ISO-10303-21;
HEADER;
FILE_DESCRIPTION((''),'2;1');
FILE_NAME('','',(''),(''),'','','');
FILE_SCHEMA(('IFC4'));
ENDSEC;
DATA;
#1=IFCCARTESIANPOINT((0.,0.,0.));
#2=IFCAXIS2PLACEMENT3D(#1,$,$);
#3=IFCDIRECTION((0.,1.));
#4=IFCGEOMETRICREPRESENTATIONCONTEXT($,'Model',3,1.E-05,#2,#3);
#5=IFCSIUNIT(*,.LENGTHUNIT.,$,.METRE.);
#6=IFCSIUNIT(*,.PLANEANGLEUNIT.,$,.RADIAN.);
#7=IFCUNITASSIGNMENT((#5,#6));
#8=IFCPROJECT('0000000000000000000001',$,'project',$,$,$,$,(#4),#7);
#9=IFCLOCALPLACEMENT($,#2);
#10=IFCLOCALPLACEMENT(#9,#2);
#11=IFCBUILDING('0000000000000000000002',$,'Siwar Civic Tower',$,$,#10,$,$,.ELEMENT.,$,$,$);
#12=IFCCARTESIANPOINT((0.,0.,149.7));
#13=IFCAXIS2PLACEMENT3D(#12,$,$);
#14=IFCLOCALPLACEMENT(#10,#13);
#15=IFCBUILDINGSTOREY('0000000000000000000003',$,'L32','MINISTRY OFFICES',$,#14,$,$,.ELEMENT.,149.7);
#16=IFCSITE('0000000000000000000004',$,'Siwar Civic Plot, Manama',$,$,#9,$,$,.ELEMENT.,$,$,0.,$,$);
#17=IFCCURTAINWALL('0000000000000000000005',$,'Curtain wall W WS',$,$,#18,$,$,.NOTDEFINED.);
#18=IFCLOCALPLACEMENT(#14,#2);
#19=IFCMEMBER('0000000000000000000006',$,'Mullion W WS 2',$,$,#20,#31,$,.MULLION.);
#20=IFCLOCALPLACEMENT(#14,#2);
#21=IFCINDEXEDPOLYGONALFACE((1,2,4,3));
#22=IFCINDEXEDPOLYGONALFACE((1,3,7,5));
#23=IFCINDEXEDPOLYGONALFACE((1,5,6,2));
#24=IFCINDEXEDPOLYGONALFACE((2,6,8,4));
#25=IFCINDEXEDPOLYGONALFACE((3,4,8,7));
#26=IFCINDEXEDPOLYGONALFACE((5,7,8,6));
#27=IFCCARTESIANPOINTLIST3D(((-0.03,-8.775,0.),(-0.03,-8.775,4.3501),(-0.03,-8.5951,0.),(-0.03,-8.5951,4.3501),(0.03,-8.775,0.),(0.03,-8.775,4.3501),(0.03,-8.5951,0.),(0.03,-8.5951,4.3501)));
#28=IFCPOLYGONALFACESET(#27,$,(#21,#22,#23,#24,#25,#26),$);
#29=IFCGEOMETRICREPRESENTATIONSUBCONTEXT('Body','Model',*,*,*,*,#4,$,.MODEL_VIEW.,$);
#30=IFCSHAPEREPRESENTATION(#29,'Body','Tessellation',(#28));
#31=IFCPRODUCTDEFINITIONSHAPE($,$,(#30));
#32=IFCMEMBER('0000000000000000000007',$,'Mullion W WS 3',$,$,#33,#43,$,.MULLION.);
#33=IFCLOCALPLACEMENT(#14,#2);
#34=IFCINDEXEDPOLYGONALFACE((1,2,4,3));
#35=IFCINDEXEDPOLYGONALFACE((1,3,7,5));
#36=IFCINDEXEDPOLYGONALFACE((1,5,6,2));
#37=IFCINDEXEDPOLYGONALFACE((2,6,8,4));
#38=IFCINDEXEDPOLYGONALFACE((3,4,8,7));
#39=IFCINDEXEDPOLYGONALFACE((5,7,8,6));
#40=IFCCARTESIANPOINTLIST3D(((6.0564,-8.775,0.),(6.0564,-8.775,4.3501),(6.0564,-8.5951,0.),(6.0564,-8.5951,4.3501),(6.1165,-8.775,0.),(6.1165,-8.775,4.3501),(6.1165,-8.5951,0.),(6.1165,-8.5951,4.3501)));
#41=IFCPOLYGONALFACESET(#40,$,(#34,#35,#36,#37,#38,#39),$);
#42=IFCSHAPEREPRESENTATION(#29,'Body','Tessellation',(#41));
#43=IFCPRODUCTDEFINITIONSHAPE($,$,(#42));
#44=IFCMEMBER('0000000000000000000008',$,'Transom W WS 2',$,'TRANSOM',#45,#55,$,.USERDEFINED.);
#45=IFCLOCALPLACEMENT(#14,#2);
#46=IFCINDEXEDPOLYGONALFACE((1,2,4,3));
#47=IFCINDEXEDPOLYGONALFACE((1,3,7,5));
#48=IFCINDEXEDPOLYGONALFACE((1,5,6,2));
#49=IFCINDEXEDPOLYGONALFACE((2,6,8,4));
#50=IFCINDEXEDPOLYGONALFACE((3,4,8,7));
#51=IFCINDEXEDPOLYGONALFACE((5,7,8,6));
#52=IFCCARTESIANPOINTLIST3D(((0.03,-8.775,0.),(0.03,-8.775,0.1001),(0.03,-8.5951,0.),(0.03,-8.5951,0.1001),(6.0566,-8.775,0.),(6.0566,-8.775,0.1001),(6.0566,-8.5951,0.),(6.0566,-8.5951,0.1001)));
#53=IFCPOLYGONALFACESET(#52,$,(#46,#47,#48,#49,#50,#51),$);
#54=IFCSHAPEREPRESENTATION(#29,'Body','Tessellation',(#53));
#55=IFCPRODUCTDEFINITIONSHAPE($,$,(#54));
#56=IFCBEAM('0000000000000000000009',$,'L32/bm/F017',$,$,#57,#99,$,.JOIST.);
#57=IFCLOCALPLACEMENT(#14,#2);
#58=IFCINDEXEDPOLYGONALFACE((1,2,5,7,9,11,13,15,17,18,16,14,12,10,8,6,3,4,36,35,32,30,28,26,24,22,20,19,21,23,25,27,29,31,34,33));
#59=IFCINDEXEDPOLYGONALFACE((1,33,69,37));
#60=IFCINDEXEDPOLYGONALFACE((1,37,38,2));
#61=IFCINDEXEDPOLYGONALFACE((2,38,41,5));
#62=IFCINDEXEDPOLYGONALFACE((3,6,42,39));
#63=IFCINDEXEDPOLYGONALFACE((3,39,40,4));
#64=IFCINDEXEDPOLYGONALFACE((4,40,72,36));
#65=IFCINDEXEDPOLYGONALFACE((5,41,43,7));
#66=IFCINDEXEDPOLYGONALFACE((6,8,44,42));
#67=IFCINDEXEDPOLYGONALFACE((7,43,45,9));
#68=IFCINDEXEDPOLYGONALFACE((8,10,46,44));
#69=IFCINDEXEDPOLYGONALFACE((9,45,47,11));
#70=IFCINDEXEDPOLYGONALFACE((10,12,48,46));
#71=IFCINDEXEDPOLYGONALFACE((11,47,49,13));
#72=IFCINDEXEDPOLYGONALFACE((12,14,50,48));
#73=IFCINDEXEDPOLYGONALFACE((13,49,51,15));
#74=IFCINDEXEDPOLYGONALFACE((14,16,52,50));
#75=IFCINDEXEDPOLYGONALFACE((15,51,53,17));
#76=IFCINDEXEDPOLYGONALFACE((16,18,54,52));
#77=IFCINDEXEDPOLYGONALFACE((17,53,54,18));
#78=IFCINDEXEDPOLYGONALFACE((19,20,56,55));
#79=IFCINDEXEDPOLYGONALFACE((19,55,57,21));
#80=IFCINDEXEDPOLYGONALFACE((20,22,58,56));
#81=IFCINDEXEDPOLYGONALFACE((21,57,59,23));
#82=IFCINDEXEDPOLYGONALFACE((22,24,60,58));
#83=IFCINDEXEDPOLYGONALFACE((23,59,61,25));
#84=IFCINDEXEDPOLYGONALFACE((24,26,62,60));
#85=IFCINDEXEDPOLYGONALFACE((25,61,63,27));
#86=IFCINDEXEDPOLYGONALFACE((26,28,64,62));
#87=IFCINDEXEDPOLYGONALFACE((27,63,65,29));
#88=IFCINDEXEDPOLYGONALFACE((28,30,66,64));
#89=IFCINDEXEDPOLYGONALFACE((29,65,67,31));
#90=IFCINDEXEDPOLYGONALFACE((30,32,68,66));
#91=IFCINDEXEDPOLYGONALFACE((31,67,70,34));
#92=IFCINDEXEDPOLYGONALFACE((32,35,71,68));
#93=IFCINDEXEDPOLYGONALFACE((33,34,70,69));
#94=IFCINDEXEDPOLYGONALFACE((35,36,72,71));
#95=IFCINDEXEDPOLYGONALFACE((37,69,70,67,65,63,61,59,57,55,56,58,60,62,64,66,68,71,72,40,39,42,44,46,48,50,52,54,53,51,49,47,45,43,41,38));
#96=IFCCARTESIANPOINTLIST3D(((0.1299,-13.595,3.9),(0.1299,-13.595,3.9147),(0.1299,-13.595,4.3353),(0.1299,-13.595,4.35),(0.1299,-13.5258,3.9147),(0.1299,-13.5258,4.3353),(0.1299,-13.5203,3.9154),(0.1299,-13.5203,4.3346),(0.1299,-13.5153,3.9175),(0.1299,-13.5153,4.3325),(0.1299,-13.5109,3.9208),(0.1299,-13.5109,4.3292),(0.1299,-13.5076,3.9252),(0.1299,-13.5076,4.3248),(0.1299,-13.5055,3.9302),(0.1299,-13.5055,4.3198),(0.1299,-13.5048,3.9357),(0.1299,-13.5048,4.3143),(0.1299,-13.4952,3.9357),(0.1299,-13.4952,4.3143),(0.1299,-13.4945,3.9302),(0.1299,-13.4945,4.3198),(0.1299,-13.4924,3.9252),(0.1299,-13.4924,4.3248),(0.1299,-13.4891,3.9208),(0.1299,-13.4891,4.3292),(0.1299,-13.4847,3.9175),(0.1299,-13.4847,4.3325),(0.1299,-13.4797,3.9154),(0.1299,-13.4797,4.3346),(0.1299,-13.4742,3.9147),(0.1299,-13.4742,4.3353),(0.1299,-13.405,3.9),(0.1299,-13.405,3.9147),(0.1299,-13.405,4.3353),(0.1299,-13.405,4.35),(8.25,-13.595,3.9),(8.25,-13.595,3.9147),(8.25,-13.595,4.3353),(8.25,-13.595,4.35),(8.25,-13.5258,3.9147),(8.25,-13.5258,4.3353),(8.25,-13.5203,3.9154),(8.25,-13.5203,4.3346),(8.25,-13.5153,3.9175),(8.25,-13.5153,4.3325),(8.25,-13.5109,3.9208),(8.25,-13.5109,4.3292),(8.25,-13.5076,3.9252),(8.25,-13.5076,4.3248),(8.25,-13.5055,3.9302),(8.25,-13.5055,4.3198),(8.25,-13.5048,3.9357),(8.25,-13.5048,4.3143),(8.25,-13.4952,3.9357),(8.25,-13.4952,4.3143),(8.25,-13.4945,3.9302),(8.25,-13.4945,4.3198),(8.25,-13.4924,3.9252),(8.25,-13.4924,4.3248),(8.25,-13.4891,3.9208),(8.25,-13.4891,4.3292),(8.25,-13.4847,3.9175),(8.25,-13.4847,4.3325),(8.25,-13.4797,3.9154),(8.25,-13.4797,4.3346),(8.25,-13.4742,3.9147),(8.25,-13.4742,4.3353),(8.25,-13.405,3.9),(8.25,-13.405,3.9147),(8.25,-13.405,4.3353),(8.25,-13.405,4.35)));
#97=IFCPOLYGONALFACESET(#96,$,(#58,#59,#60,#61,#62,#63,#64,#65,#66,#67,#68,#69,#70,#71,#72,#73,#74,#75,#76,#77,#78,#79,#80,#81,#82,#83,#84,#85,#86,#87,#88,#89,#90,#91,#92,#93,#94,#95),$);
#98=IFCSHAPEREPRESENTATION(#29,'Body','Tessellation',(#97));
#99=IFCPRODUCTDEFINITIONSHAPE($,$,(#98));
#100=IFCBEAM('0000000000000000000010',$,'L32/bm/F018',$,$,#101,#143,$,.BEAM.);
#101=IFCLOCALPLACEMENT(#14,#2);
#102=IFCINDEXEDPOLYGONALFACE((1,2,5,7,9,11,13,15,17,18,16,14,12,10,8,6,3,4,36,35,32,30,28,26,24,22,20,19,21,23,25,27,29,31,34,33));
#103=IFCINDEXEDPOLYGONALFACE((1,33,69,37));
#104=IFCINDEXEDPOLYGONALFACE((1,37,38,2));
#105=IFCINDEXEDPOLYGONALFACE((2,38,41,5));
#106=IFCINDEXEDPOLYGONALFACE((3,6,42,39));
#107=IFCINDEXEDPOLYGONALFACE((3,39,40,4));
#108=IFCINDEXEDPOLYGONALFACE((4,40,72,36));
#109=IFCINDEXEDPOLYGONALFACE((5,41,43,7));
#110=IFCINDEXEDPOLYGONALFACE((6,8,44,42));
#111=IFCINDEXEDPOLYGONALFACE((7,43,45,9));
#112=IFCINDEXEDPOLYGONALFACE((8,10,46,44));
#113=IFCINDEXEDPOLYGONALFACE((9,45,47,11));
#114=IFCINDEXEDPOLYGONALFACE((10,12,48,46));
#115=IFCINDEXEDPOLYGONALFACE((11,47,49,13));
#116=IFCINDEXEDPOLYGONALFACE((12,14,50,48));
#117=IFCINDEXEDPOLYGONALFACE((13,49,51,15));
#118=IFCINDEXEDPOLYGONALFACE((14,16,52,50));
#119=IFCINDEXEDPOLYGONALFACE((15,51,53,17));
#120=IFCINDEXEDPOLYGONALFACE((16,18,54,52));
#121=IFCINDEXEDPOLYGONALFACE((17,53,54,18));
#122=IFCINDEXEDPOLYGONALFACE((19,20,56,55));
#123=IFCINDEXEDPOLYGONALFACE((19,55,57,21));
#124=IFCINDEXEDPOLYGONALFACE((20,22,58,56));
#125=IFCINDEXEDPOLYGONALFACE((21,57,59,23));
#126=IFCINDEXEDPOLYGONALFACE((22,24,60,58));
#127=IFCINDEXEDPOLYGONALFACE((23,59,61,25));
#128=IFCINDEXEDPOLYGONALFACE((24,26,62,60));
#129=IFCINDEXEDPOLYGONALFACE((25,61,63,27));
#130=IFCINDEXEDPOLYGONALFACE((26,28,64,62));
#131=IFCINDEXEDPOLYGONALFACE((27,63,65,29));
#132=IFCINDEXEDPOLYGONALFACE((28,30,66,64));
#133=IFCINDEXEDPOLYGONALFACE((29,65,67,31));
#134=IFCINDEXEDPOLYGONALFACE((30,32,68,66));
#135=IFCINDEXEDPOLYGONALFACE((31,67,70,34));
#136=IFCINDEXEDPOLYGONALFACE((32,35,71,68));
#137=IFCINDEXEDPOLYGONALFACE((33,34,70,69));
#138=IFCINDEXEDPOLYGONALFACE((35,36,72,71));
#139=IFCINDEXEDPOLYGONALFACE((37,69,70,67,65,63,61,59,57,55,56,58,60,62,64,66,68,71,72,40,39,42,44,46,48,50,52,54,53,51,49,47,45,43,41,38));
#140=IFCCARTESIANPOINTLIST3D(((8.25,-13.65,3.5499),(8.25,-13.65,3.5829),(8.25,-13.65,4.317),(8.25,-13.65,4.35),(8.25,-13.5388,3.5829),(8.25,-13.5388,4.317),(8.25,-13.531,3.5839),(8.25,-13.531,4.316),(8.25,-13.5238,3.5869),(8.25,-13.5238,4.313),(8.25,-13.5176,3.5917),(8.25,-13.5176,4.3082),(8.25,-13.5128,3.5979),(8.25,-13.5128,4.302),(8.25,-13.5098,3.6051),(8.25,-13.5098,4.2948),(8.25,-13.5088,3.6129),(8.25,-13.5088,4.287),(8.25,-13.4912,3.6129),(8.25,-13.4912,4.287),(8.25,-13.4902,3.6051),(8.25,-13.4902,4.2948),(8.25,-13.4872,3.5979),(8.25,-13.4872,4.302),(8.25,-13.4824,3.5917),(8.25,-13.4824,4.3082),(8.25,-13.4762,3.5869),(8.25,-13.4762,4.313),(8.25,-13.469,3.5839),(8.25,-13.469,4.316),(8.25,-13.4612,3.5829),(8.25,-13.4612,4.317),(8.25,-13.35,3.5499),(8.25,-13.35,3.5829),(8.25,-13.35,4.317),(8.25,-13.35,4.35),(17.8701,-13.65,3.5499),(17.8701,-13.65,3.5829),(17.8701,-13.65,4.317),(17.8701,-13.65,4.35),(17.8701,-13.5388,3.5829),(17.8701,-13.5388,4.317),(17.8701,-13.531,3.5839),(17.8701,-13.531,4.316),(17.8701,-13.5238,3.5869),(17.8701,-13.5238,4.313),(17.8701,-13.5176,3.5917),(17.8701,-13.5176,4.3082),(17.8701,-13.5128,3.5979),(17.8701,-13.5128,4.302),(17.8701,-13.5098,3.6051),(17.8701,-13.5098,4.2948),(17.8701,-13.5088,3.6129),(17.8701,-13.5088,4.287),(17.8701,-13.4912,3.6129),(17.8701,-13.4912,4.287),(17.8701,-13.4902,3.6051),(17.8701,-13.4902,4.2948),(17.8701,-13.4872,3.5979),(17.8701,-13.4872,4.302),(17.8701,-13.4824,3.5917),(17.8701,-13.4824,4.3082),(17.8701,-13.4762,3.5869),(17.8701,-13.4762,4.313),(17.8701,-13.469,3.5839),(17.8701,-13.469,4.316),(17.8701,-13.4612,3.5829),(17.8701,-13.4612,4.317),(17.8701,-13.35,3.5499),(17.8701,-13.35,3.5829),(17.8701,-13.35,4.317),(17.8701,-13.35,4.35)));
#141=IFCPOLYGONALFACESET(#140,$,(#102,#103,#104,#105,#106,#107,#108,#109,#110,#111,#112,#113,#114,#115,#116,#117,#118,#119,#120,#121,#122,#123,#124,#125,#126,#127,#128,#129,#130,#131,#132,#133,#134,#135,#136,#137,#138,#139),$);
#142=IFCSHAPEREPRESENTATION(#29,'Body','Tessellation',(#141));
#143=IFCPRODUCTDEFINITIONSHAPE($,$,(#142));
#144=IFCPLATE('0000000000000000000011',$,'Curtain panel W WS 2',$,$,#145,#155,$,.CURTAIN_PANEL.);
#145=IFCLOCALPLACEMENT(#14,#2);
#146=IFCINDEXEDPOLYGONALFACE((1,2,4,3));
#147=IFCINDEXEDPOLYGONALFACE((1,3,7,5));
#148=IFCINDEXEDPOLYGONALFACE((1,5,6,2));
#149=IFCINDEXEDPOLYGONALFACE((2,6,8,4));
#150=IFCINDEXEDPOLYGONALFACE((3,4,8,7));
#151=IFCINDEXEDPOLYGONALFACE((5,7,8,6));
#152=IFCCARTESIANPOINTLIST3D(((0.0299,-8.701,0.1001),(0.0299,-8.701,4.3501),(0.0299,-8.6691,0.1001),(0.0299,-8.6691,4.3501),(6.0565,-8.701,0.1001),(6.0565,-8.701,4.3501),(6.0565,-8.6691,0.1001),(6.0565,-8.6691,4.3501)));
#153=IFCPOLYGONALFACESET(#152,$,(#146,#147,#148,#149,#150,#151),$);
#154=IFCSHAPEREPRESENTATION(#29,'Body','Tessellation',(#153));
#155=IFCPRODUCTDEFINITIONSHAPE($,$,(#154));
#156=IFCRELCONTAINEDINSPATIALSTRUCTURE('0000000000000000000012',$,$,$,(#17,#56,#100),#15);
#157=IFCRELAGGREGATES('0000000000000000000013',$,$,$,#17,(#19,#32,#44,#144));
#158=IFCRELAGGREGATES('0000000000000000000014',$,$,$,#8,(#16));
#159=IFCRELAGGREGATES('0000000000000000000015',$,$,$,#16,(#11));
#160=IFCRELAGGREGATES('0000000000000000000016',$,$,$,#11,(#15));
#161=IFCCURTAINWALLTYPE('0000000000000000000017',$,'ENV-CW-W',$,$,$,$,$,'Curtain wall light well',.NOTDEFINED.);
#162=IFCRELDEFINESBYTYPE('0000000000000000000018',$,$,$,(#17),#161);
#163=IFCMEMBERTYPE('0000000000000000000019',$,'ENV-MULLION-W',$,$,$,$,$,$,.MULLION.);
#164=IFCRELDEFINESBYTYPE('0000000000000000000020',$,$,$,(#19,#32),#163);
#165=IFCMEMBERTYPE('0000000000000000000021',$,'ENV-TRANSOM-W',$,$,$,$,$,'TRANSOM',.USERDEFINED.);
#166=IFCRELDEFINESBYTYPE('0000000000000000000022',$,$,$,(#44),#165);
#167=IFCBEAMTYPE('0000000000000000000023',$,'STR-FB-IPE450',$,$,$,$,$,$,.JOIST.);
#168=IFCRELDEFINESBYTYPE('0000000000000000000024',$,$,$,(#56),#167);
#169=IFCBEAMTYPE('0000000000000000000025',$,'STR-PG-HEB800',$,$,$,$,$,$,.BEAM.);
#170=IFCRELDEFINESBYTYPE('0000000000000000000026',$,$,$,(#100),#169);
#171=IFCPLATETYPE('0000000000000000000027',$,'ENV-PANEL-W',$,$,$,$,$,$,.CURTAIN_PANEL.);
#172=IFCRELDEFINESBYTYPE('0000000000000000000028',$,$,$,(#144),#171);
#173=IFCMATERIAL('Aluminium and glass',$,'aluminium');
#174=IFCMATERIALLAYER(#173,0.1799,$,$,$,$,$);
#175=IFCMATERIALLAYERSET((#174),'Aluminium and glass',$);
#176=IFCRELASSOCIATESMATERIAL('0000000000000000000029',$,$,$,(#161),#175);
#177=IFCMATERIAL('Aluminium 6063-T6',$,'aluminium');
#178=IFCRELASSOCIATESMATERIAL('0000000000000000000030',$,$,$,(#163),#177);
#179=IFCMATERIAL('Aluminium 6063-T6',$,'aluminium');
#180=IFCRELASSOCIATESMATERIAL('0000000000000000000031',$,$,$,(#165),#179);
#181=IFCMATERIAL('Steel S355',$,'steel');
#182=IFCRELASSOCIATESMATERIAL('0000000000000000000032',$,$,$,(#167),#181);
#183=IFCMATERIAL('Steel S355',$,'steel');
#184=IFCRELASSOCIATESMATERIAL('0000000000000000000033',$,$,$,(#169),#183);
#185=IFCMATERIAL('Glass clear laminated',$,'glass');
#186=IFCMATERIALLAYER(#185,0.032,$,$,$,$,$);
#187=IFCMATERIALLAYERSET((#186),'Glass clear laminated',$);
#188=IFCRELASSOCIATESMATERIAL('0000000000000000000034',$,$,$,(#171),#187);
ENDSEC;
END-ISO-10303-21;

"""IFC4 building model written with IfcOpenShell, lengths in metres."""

from ifc_helpers import new_model, si_unit, direction, frame, origin, origin_2d, place, context, subcontext, project, spatial, rectangle, i_section, extrude, material, layer, layer_set, material_profile, profile_set, type_object, element, aggregate, save


model = new_model("IFC4")

# Units and contexts
model_context = context("Model", 3, precision=1e-05, world=origin(), true_north=direction((0.0, 1.0)))
body_context = subcontext(model_context, "Body", "Model", "MODEL_VIEW")
ifc_project = project(units=[si_unit("LENGTHUNIT", "METRE"), si_unit("PLANEANGLEUNIT", "RADIAN")], contexts=[model_context])

# Site, building, storey
site_placement = place(None, origin())
site = spatial("IfcSite", under=ifc_project, at=site_placement, Name="Siwar Civic Plot, Manama", CompositionType="ELEMENT", RefElevation=0.0)
building_placement = place(site_placement, origin())
building = spatial("IfcBuilding", under=site, at=building_placement, Name="Siwar Civic Tower", CompositionType="ELEMENT")
storey_placement = place(building_placement, frame((0.0, 0.0, 149.7)))
storey = spatial("IfcBuildingStorey", under=building, at=storey_placement, Name="L32", Description="MINISTRY OFFICES", CompositionType="ELEMENT", Elevation=149.7)

# Curtain wall, members
ifc_material_1 = material(Name="Aluminium and glass", Category="aluminium")
ifc_layer_1 = layer(ifc_material_1, 0.1799)
ifc_layer_set_1 = layer_set([ifc_layer_1], Name="Aluminium and glass")
curtain_wall_type = type_object("IfcCurtainWallType", Name="ENV-CW-W", ElementType="Curtain wall light well", PredefinedType="NOTDEFINED", material=ifc_layer_set_1)
curtain_wall_placement = place(storey_placement, origin())
curtain_wall = element("IfcCurtainWall", 1, at=curtain_wall_placement, inside=storey, type_object=curtain_wall_type, Name="Curtain wall W WS", PredefinedType="NOTDEFINED")
ifc_material_2 = material(Name="Aluminium 6063-T6", Category="aluminium")
ifc_material_profile_1 = material_profile(ifc_material_2, rectangle(XDim=0.1799, YDim=0.0601, at=origin_2d()), Name="AL 180x60")
ifc_profile_set_1 = profile_set([ifc_material_profile_1], Name="Aluminium 6063-T6")
member_type_1 = type_object("IfcMemberType", Name="ENV-MULLION-W", PredefinedType="MULLION", material=ifc_profile_set_1)
member_1_placement = place(storey_placement, frame((0.0, -8.6851, 0.0), z_axis=(0.0, 0.0, 1.0), x_axis=(0.0, 1.0, 0.0)))
member_1 = element("IfcMember", 2, at=member_1_placement, type_object=member_type_1, Name="Mullion W WS 2", PredefinedType="MULLION", context=body_context, shape_type="SweptSolid", body=[
    extrude(rectangle(XDim=0.1799, YDim=0.0601, at=origin_2d()), origin(), (0.0, 0.0, 1.0), 4.3501),
])
member_2_placement = place(storey_placement, frame((6.0864, -8.6851, 0.0), z_axis=(0.0, 0.0, 1.0), x_axis=(0.0, 1.0, 0.0)))
member_2 = element("IfcMember", 3, at=member_2_placement, type_object=member_type_1, Name="Mullion W WS 3", PredefinedType="MULLION", context=body_context, shape_type="SweptSolid", body=[
    extrude(rectangle(XDim=0.1799, YDim=0.0601, at=origin_2d()), origin(), (0.0, 0.0, 1.0), 4.3501),
])
ifc_material_3 = material(Name="Aluminium 6063-T6", Category="aluminium")
ifc_material_profile_2 = material_profile(ifc_material_3, rectangle(XDim=0.1799, YDim=0.1001, at=origin_2d()), Name="AL 180x100")
ifc_profile_set_2 = profile_set([ifc_material_profile_2], Name="Aluminium 6063-T6")
member_type_2 = type_object("IfcMemberType", Name="ENV-TRANSOM-W", ElementType="TRANSOM", PredefinedType="USERDEFINED", material=ifc_profile_set_2)
member_3_placement = place(storey_placement, frame((0.03, -8.6851, 0.05), z_axis=(1.0, 0.0, 0.0), x_axis=(0.0, 1.0, 0.0)))
member_3 = element("IfcMember", 4, at=member_3_placement, type_object=member_type_2, Name="Transom W WS 2", ObjectType="TRANSOM", PredefinedType="USERDEFINED", context=body_context, shape_type="SweptSolid", body=[
    extrude(rectangle(XDim=0.1799, YDim=0.1001, at=origin_2d()), origin(), (0.0, 0.0, 1.0), 6.0266),
])

# Beams
ifc_material_4 = material(Name="Steel S355", Category="steel")
ifc_material_profile_3 = material_profile(ifc_material_4, i_section(OverallWidth=0.1899, OverallDepth=0.45, WebThickness=0.0095, FlangeThickness=0.0146, FilletRadius=0.021, at=origin_2d()), Name="IPE450")
ifc_profile_set_3 = profile_set([ifc_material_profile_3], Name="Steel S355")
beam_type_1 = type_object("IfcBeamType", Name="STR-FB-IPE450", PredefinedType="JOIST", material=ifc_profile_set_3)
beam_1_placement = place(storey_placement, frame((0.1299, -13.5, 4.125), z_axis=(1.0, 0.0, 0.0), x_axis=(0.0, 1.0, 0.0)))
element("IfcBeam", 5, at=beam_1_placement, inside=storey, type_object=beam_type_1, Name="L32/bm/F017", PredefinedType="JOIST", context=body_context, shape_type="SweptSolid", body=[
    extrude(i_section(OverallWidth=0.1899, OverallDepth=0.45, WebThickness=0.0095, FlangeThickness=0.0146, FilletRadius=0.021, at=origin_2d()), origin(), (0.0, 0.0, 1.0), 8.1201),
])
ifc_material_5 = material(Name="Steel S355", Category="steel")
ifc_material_profile_4 = material_profile(ifc_material_5, i_section(OverallWidth=0.3, OverallDepth=0.8, WebThickness=0.0176, FlangeThickness=0.033, FilletRadius=0.03, at=origin_2d()), Name="HEB800")
ifc_profile_set_4 = profile_set([ifc_material_profile_4], Name="Steel S355")
beam_type_2 = type_object("IfcBeamType", Name="STR-PG-HEB800", PredefinedType="BEAM", material=ifc_profile_set_4)
beam_2_placement = place(storey_placement, frame((8.25, -13.5, 3.95), z_axis=(1.0, 0.0, 0.0), x_axis=(0.0, 1.0, 0.0)))
element("IfcBeam", 6, at=beam_2_placement, inside=storey, type_object=beam_type_2, Name="L32/bm/F018", PredefinedType="BEAM", context=body_context, shape_type="SweptSolid", body=[
    extrude(i_section(OverallWidth=0.3, OverallDepth=0.8, WebThickness=0.0176, FlangeThickness=0.033, FilletRadius=0.03, at=origin_2d()), origin(), (0.0, 0.0, 1.0), 9.6201),
])

# Plate
ifc_material_6 = material(Name="Glass clear laminated", Category="glass")
ifc_layer_2 = layer(ifc_material_6, 0.032)
ifc_layer_set_2 = layer_set([ifc_layer_2], Name="Glass clear laminated")
plate_type = type_object("IfcPlateType", Name="ENV-PANEL-W", PredefinedType="CURTAIN_PANEL", material=ifc_layer_set_2)
plate_placement = place(storey_placement, frame((3.0432, -8.6851, 0.1001), z_axis=(0.0, 0.0, 1.0), x_axis=(1.0, 0.0, 0.0)))
plate = element("IfcPlate", 7, at=plate_placement, type_object=plate_type, Name="Curtain panel W WS 2", PredefinedType="CURTAIN_PANEL", context=body_context, shape_type="SweptSolid", body=[
    extrude(rectangle(XDim=6.0266, YDim=0.032, at=origin_2d()), origin(), (0.0, 0.0, 1.0), 4.25),
])
aggregate(curtain_wall, [member_1, member_2, member_3, plate])

save(model, "model.ifc")
